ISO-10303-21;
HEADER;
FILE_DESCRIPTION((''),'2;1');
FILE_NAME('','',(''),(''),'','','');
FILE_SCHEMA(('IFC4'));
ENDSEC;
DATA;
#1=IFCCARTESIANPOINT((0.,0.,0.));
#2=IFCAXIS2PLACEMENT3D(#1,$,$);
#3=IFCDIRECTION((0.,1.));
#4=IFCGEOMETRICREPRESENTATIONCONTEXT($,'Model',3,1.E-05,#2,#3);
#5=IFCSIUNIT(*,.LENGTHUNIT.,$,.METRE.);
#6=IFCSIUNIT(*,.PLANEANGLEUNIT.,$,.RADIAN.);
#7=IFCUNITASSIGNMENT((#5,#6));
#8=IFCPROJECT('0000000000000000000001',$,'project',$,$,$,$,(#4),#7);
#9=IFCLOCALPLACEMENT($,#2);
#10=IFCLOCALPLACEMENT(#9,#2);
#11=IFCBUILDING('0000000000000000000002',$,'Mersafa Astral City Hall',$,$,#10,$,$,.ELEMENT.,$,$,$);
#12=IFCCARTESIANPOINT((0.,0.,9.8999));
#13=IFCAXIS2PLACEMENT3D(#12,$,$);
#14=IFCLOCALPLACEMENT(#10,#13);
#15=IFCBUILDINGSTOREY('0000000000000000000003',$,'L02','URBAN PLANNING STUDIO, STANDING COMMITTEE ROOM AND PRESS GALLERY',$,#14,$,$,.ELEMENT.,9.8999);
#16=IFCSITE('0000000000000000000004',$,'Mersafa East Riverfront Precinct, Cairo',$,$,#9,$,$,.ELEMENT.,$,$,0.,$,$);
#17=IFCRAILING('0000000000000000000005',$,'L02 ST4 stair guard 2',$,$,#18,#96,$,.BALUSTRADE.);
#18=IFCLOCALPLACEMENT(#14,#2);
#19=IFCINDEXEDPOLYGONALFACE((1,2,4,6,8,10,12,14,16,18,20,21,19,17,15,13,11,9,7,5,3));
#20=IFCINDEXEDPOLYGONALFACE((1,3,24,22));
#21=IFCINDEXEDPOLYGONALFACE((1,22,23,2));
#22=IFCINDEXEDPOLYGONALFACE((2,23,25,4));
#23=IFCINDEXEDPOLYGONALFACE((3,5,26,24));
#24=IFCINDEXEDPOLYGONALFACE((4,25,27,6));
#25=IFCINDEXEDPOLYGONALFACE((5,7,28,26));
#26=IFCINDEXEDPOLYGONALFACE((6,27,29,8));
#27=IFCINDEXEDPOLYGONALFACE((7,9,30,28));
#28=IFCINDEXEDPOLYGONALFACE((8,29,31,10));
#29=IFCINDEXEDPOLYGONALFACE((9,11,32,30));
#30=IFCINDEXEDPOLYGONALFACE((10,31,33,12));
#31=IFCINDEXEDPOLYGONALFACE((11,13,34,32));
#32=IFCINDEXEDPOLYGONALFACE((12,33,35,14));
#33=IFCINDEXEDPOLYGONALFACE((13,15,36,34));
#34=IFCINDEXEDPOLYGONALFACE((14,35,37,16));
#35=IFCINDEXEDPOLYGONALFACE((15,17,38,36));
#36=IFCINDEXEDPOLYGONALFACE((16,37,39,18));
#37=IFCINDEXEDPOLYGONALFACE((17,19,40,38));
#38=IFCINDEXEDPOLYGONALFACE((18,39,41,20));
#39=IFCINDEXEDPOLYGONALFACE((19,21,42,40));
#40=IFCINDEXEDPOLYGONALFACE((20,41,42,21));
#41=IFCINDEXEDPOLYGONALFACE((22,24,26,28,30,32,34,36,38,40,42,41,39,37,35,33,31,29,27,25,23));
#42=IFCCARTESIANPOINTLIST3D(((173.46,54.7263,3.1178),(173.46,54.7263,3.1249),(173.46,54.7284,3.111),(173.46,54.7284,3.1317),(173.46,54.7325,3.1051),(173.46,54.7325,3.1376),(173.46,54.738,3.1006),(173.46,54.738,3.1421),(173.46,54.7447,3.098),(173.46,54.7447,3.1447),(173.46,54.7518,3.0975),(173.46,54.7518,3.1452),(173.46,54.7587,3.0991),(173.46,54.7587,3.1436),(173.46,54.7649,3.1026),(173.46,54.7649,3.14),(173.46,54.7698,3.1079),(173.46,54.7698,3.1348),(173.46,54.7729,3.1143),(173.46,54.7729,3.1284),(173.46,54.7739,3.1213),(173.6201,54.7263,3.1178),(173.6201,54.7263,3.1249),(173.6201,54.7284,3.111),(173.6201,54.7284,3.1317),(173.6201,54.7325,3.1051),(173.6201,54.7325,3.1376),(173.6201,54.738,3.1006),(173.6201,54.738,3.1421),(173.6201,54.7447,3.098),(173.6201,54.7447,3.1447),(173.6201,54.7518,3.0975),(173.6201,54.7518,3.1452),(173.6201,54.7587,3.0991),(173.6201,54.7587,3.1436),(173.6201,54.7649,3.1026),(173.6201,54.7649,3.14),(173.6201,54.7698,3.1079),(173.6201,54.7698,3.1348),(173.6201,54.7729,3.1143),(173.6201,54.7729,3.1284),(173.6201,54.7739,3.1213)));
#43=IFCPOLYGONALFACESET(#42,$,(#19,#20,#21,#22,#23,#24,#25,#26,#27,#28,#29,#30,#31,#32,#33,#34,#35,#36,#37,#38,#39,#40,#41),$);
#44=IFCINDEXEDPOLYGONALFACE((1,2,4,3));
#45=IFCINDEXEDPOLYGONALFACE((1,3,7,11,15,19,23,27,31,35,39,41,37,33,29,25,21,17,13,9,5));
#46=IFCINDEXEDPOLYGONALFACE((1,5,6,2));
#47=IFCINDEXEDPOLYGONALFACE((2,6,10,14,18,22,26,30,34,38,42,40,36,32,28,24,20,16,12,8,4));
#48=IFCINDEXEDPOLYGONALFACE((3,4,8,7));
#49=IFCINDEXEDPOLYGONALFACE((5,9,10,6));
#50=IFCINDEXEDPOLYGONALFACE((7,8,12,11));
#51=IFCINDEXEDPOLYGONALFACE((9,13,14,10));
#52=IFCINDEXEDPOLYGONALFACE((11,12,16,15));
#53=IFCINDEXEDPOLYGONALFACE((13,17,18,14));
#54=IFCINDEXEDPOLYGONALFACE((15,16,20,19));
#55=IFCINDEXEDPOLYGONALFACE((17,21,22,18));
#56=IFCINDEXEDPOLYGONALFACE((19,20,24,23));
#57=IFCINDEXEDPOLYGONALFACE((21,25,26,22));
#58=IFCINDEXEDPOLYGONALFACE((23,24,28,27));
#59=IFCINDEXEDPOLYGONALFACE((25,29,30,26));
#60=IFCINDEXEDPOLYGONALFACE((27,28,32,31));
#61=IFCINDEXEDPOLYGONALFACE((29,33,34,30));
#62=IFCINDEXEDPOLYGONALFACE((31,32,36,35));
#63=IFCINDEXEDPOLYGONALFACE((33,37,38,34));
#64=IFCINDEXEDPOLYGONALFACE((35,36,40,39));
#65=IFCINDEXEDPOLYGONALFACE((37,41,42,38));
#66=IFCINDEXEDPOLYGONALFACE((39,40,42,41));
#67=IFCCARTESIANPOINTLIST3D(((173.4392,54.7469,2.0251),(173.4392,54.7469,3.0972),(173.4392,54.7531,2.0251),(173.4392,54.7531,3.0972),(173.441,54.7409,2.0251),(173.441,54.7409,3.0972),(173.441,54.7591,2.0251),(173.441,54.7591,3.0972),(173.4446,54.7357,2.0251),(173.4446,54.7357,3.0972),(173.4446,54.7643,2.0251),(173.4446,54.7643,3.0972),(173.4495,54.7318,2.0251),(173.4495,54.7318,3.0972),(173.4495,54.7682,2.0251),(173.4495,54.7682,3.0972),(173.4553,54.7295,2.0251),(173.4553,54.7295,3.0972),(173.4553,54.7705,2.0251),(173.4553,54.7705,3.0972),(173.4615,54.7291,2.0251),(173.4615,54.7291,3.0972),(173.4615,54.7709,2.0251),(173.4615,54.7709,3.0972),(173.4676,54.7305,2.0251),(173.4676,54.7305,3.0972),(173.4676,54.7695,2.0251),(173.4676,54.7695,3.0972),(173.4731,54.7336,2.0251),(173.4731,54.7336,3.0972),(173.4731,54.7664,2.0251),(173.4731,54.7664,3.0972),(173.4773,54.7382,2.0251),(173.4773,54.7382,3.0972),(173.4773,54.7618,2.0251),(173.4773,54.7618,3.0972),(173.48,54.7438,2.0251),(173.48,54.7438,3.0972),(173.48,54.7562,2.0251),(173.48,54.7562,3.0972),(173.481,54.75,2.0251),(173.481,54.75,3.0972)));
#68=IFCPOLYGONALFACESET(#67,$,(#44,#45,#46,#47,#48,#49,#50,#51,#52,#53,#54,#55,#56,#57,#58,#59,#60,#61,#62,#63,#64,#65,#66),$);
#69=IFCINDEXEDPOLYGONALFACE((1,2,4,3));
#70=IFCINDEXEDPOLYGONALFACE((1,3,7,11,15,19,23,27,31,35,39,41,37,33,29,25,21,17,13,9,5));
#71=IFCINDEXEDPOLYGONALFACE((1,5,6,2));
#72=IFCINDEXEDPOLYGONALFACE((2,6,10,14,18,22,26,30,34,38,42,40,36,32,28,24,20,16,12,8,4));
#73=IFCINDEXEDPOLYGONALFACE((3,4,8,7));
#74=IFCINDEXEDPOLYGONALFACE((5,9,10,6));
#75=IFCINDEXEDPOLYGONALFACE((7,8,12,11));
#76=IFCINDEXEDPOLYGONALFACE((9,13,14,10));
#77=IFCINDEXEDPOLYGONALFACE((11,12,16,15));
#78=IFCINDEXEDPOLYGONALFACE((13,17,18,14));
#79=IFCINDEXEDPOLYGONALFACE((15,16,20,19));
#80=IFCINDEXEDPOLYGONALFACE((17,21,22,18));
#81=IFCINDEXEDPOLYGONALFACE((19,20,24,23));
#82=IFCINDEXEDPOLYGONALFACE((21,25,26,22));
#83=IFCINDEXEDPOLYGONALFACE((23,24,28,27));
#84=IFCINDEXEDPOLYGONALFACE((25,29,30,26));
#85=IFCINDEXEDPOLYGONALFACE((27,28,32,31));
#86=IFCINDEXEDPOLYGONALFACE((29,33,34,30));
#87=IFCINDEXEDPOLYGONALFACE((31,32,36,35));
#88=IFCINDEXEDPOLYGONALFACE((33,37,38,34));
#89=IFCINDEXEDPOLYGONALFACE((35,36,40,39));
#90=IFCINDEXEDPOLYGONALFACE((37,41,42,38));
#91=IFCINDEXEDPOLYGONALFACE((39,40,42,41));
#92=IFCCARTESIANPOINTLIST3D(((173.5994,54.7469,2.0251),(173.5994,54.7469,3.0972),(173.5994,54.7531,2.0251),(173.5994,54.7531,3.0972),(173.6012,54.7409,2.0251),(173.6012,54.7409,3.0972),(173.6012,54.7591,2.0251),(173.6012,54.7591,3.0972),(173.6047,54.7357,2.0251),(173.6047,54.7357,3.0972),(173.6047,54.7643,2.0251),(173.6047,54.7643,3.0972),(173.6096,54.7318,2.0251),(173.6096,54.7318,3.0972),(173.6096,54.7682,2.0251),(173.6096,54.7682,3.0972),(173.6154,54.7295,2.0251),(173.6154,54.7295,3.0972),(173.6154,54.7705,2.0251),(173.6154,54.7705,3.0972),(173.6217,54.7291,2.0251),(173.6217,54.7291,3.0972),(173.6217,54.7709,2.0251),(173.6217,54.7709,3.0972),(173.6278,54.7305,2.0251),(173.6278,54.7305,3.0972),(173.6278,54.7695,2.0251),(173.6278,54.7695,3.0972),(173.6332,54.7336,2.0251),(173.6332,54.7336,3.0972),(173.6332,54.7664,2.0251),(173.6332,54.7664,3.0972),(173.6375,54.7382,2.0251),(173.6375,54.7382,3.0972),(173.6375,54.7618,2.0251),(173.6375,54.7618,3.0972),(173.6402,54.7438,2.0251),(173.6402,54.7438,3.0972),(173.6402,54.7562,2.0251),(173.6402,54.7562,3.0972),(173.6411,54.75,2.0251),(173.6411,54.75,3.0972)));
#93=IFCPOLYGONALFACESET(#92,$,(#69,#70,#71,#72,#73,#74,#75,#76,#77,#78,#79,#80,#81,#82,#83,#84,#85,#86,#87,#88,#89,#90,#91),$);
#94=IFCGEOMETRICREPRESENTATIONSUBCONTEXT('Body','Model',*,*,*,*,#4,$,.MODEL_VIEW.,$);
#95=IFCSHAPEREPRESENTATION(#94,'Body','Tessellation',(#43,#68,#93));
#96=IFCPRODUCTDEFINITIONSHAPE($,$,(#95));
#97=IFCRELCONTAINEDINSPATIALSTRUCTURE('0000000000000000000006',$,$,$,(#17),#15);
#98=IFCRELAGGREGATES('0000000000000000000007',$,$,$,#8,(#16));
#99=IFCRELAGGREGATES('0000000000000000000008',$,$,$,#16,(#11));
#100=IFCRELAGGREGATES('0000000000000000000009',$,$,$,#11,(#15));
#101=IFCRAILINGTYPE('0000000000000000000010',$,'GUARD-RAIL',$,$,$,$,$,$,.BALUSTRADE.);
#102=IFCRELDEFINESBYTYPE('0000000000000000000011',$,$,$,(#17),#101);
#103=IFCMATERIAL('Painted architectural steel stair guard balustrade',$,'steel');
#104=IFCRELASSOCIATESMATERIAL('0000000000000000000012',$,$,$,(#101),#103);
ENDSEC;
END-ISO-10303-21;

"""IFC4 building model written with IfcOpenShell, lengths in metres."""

from ifc_helpers import new_model, si_unit, direction, frame, origin, origin_2d, place, context, subcontext, project, spatial, circle, extrude, material, type_object, element, save


model = new_model("IFC4")

# Units and contexts
model_context = context("Model", 3, precision=1e-05, world=origin(), true_north=direction((0.0, 1.0)))
body_context = subcontext(model_context, "Body", "Model", "MODEL_VIEW")
ifc_project = project(units=[si_unit("LENGTHUNIT", "METRE"), si_unit("PLANEANGLEUNIT", "RADIAN")], contexts=[model_context])

# Site, building, storey
site_placement = place(None, origin())
site = spatial("IfcSite", under=ifc_project, at=site_placement, Name="Mersafa East Riverfront Precinct, Cairo", CompositionType="ELEMENT", RefElevation=0.0)
building_placement = place(site_placement, origin())
building = spatial("IfcBuilding", under=site, at=building_placement, Name="Mersafa Astral City Hall", CompositionType="ELEMENT")
storey_placement = place(building_placement, frame((0.0, 0.0, 9.8999)))
storey = spatial("IfcBuildingStorey", under=building, at=storey_placement, Name="L02", Description="URBAN PLANNING STUDIO, STANDING COMMITTEE ROOM AND PRESS GALLERY", CompositionType="ELEMENT", Elevation=9.8999)

# Railing
ifc_material_1 = material(Name="Painted architectural steel stair guard balustrade", Category="steel")
railing_type_1 = type_object("IfcRailingType", Name="GUARD-RAIL", PredefinedType="BALUSTRADE", material=ifc_material_1)
railing_1_placement = place(storey_placement, frame((173.46, 54.75, 2.0251)))
element("IfcRailing", 1, at=railing_1_placement, inside=storey, type_object=railing_type_1, Name="L02 ST4 stair guard 2", PredefinedType="BALUSTRADE", context=body_context, shape_type="SweptSolid", body=[
    extrude(circle(Radius=0.0239, at=origin_2d()), frame((0.0, 0.0, 1.0962), z_axis=(1.0, 0.0, 0.0), x_axis=(0.0, 1.0, 0.0)), (0.0, 0.0, 1.0), 0.1602),
    extrude(circle(Radius=0.021, at=origin_2d()), origin(), (0.0, 0.0, 1.0), 1.072),
    extrude(circle(Radius=0.021, at=origin_2d()), frame((0.1602, 0.0, 0.0)), (0.0, 0.0, 1.0), 1.072),
])

save(model, "model.ifc")
